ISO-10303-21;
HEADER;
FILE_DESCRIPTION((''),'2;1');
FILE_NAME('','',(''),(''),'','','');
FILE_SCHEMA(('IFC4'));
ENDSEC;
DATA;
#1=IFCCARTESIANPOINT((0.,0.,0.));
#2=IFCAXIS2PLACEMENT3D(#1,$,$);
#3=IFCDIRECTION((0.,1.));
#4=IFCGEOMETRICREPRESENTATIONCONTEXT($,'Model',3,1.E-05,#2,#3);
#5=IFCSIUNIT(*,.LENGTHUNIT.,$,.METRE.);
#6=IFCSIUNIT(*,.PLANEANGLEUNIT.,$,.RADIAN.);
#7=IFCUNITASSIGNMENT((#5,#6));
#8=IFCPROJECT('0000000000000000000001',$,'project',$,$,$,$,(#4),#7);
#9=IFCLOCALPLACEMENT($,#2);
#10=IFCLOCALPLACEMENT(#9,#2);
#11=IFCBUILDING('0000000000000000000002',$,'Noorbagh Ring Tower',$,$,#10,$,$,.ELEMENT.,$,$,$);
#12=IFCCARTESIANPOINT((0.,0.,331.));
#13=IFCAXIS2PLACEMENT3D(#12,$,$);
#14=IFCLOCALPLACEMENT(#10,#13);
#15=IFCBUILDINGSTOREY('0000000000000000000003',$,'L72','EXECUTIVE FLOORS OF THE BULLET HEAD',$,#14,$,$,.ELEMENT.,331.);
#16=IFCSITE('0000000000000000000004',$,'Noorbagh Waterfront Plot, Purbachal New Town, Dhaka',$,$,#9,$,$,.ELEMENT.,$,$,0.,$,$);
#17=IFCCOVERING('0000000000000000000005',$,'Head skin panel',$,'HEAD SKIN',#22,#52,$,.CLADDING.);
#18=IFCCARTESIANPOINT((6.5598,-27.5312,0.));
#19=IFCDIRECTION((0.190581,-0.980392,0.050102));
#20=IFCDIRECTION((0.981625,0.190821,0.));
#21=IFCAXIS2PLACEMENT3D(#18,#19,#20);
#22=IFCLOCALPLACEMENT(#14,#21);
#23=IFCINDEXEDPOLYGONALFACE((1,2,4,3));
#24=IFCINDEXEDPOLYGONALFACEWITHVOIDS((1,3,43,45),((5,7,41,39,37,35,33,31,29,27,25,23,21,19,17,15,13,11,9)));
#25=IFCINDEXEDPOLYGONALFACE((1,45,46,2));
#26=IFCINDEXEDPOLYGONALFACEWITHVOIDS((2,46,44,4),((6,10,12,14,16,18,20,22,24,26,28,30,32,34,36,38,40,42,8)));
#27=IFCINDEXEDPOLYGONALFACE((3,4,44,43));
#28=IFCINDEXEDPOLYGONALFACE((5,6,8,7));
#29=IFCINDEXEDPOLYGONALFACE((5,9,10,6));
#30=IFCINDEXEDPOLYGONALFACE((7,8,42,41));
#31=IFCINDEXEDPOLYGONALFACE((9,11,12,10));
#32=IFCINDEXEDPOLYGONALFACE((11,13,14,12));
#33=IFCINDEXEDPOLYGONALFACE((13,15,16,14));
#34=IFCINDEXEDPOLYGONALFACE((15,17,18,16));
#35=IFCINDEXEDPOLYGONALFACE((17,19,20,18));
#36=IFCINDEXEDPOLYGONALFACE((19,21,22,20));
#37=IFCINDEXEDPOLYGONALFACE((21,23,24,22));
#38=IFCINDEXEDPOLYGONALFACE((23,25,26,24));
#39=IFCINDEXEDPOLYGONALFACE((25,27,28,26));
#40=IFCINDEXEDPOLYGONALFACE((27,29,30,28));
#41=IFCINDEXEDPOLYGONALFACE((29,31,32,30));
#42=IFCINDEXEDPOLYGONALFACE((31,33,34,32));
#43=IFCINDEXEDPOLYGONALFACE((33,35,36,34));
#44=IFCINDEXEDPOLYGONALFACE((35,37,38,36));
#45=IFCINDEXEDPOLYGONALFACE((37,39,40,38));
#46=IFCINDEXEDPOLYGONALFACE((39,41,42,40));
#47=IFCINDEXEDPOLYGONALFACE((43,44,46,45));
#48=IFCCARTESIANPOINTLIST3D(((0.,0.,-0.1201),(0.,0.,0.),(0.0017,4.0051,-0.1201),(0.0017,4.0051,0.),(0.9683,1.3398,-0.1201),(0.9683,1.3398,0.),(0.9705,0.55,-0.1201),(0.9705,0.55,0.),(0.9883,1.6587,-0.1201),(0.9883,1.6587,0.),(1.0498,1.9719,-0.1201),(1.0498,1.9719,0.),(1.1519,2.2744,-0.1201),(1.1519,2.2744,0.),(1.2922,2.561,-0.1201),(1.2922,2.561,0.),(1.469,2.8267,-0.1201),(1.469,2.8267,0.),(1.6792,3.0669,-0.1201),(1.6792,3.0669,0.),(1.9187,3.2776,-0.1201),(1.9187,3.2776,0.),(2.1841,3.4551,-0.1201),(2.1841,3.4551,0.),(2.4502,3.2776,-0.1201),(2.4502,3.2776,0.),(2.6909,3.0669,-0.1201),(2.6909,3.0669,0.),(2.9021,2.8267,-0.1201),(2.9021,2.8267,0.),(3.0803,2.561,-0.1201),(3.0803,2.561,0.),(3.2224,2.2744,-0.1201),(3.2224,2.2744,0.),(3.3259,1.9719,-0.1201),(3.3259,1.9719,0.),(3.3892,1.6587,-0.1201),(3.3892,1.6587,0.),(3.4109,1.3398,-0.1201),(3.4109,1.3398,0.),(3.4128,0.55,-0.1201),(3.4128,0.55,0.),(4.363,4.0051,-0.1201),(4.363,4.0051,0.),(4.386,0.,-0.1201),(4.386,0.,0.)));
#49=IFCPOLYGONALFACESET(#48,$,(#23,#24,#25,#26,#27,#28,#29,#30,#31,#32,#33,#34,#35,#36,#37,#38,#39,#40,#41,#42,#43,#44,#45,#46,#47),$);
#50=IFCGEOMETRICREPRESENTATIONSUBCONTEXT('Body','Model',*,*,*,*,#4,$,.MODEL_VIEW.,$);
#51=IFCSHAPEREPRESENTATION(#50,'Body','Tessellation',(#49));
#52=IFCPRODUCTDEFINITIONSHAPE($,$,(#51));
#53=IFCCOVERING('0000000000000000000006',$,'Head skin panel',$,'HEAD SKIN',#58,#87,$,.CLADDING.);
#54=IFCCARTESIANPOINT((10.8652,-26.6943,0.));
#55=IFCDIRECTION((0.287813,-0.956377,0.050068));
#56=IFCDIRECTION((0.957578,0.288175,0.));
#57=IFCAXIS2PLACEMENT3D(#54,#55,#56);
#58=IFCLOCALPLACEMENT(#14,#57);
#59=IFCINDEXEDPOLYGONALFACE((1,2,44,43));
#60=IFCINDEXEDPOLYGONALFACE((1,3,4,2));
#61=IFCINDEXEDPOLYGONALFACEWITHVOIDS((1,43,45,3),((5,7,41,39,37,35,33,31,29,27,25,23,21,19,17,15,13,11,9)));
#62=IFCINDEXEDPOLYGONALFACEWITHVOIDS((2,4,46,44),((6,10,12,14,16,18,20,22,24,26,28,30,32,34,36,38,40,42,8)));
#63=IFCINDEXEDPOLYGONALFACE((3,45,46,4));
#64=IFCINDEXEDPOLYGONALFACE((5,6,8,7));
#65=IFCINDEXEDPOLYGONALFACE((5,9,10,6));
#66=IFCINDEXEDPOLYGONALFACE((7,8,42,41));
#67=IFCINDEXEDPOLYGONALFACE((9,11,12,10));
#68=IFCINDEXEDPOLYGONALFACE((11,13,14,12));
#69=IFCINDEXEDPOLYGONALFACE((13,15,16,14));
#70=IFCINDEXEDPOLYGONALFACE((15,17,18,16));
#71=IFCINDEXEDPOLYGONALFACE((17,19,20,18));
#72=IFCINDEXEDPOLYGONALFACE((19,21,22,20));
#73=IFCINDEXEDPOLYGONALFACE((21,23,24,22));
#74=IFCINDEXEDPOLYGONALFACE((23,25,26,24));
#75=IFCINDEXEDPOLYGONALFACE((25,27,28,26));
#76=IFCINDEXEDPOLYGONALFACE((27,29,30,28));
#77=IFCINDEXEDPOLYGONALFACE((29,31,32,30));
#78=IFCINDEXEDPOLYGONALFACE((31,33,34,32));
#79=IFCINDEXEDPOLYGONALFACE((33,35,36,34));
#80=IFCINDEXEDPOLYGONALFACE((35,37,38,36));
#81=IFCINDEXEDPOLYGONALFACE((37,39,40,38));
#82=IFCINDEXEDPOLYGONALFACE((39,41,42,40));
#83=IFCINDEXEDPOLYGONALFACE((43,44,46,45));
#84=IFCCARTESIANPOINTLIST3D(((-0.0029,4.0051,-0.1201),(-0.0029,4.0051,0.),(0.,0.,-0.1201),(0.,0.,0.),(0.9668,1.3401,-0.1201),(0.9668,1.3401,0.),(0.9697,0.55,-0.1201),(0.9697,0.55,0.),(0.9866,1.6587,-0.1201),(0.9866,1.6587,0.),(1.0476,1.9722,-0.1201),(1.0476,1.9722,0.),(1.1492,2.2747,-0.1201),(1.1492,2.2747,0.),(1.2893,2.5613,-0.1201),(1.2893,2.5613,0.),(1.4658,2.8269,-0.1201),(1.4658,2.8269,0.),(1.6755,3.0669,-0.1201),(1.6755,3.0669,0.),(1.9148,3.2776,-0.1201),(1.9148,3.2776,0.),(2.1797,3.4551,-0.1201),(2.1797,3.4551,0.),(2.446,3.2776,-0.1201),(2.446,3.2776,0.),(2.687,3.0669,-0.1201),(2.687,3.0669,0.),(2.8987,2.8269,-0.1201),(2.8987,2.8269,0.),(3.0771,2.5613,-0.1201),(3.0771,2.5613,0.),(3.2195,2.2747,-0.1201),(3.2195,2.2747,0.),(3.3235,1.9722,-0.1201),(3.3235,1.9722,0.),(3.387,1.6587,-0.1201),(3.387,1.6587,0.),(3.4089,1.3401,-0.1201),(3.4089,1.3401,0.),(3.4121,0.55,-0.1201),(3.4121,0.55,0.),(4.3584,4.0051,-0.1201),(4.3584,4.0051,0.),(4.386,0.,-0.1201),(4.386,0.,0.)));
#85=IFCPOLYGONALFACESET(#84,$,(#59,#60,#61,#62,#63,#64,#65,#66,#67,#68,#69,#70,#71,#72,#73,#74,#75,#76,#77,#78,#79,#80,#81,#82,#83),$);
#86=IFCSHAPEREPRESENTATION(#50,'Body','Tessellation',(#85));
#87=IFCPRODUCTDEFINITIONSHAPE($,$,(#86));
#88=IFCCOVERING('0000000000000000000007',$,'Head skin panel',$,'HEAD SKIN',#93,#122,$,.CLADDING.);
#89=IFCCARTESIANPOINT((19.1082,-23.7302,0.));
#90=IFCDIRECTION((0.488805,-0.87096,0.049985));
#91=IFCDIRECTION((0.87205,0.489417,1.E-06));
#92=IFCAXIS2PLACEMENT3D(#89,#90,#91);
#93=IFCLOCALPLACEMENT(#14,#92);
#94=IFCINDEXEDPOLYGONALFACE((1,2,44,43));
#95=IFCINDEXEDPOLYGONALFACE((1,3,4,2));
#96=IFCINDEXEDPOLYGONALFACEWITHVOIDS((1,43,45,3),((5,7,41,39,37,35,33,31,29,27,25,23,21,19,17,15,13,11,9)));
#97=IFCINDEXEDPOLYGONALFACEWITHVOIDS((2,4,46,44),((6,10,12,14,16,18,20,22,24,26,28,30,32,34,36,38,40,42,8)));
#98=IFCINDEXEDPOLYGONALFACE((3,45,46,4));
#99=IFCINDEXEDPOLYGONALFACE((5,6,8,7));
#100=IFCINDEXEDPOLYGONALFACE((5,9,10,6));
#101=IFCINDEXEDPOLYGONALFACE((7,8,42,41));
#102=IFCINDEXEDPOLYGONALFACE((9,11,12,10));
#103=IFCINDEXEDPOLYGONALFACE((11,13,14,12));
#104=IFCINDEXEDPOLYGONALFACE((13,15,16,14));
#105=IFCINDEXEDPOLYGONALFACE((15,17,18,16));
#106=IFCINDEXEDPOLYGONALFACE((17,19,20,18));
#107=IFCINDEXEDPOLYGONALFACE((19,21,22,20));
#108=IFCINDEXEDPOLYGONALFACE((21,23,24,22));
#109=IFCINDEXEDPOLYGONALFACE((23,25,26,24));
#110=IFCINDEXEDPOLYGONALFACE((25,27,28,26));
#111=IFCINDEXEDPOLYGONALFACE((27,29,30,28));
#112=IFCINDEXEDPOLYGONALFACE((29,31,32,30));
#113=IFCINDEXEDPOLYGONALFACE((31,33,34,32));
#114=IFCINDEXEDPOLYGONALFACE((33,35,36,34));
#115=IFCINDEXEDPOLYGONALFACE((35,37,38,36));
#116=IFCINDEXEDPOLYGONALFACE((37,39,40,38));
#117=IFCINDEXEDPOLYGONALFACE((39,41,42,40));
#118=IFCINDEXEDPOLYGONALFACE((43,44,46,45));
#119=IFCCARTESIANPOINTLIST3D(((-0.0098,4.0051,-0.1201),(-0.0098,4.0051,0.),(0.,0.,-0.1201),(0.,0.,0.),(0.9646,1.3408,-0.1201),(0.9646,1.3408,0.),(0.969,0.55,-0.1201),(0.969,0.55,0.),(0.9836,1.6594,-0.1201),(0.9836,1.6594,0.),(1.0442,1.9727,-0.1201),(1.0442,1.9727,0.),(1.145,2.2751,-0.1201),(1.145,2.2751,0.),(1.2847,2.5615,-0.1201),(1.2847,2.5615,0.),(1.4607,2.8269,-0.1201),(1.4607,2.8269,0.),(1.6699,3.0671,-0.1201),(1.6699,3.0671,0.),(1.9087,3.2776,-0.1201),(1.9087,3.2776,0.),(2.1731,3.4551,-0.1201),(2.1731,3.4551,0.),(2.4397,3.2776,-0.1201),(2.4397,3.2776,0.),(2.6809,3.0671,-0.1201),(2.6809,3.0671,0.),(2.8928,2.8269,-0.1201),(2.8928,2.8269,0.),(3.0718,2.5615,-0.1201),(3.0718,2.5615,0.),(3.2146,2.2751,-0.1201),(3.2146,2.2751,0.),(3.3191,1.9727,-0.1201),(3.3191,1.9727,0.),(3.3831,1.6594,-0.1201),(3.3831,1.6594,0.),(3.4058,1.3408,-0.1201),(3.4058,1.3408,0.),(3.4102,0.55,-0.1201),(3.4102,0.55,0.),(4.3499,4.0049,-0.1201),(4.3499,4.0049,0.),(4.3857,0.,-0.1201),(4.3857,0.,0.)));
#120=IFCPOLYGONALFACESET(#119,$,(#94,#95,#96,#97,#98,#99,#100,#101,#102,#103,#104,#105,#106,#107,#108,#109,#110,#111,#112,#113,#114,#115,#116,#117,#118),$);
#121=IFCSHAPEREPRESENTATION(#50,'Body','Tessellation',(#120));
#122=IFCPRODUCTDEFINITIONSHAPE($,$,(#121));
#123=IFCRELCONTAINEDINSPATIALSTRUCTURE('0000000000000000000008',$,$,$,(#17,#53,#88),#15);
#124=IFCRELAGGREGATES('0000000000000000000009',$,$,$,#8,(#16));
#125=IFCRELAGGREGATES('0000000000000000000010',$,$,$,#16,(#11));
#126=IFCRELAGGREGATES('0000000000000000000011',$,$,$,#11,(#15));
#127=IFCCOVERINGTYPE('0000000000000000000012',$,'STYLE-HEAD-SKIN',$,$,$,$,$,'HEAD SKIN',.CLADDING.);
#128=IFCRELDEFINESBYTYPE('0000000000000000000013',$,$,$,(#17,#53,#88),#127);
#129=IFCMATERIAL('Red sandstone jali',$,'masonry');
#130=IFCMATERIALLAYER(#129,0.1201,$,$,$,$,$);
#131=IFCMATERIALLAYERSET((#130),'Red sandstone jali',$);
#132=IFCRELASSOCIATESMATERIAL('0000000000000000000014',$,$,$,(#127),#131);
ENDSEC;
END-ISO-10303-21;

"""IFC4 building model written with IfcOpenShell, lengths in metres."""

from ifc_helpers import new_model, si_unit, direction, frame, origin, place, context, subcontext, project, spatial, polyline, outline, extrude, material, layer, layer_set, type_object, element, save


model = new_model("IFC4")

# Units and contexts
model_context = context("Model", 3, precision=1e-05, world=origin(), true_north=direction((0.0, 1.0)))
body_context = subcontext(model_context, "Body", "Model", "MODEL_VIEW")
ifc_project = project(units=[si_unit("LENGTHUNIT", "METRE"), si_unit("PLANEANGLEUNIT", "RADIAN")], contexts=[model_context])

# Site, building, storey
site_placement = place(None, origin())
site = spatial("IfcSite", under=ifc_project, at=site_placement, Name="Noorbagh Waterfront Plot, Purbachal New Town, Dhaka", CompositionType="ELEMENT", RefElevation=0.0)
building_placement = place(site_placement, origin())
building = spatial("IfcBuilding", under=site, at=building_placement, Name="Noorbagh Ring Tower", CompositionType="ELEMENT")
storey_placement = place(building_placement, frame((0.0, 0.0, 331.0)))
storey = spatial("IfcBuildingStorey", under=building, at=storey_placement, Name="L72", Description="EXECUTIVE FLOORS OF THE BULLET HEAD", CompositionType="ELEMENT", Elevation=331.0)

# Coverings
ifc_material_1 = material(Name="Red sandstone jali", Category="masonry")
ifc_layer_1 = layer(ifc_material_1, 0.1201)
ifc_layer_set_1 = layer_set([ifc_layer_1], Name="Red sandstone jali")
covering_type_1 = type_object("IfcCoveringType", Name="STYLE-HEAD-SKIN", ElementType="HEAD SKIN", PredefinedType="CLADDING", material=ifc_layer_set_1)
covering_1_placement = place(storey_placement, frame((6.5598, -27.5312, 0.0), z_axis=(0.190581, -0.980392, 0.050102), x_axis=(0.981625, 0.190821, 0.0)))
element("IfcCovering", 1, at=covering_1_placement, inside=storey, type_object=covering_type_1, Name="Head skin panel", ObjectType="HEAD SKIN", PredefinedType="CLADDING", context=body_context, shape_type="SweptSolid", body=[
    extrude(outline(polyline([(0.0, 0.0), (4.386, 0.0), (4.363, 4.0051), (0.0017, 4.0051), (0.0, 0.0)]), holes=[polyline([(0.9705, 0.55), (0.9683, 1.3398), (0.9883, 1.6587), (1.0498, 1.9719), (1.1519, 2.2744), (1.2922, 2.561), (1.469, 2.8267), (1.6792, 3.0669), (1.9187, 3.2776), (2.1841, 3.4551), (2.4502, 3.2776), (2.6909, 3.0669), (2.9021, 2.8267), (3.0803, 2.561), (3.2224, 2.2744), (3.3259, 1.9719), (3.3892, 1.6587), (3.4109, 1.3398), (3.4128, 0.55), (0.9705, 0.55)])]), origin(), (0.0, 0.0, -1.0), 0.1201),
])
covering_2_placement = place(storey_placement, frame((10.8652, -26.6943, 0.0), z_axis=(0.287813, -0.956377, 0.050068), x_axis=(0.957578, 0.288175, 0.0)))
element("IfcCovering", 2, at=covering_2_placement, inside=storey, type_object=covering_type_1, Name="Head skin panel", ObjectType="HEAD SKIN", PredefinedType="CLADDING", context=body_context, shape_type="SweptSolid", body=[
    extrude(outline(polyline([(0.0, 0.0), (4.386, 0.0), (4.3584, 4.0051), (-0.0029, 4.0051), (0.0, 0.0)]), holes=[polyline([(0.9697, 0.55), (0.9668, 1.3401), (0.9866, 1.6587), (1.0476, 1.9722), (1.1492, 2.2747), (1.2893, 2.5613), (1.4658, 2.8269), (1.6755, 3.0669), (1.9148, 3.2776), (2.1797, 3.4551), (2.446, 3.2776), (2.687, 3.0669), (2.8987, 2.8269), (3.0771, 2.5613), (3.2195, 2.2747), (3.3235, 1.9722), (3.387, 1.6587), (3.4089, 1.3401), (3.4121, 0.55), (0.9697, 0.55)])]), origin(), (0.0, 0.0, -1.0), 0.1201),
])
covering_3_placement = place(storey_placement, frame((19.1082, -23.7302, 0.0), z_axis=(0.488805, -0.87096, 0.049985), x_axis=(0.87205, 0.489417, 0.000001)))
element("IfcCovering", 3, at=covering_3_placement, inside=storey, type_object=covering_type_1, Name="Head skin panel", ObjectType="HEAD SKIN", PredefinedType="CLADDING", context=body_context, shape_type="SweptSolid", body=[
    extrude(outline(polyline([(0.0, 0.0), (4.3857, 0.0), (4.3499, 4.0049), (-0.0098, 4.0051), (0.0, 0.0)]), holes=[polyline([(0.969, 0.55), (0.9646, 1.3408), (0.9836, 1.6594), (1.0442, 1.9727), (1.145, 2.2751), (1.2847, 2.5615), (1.4607, 2.8269), (1.6699, 3.0671), (1.9087, 3.2776), (2.1731, 3.4551), (2.4397, 3.2776), (2.6809, 3.0671), (2.8928, 2.8269), (3.0718, 2.5615), (3.2146, 2.2751), (3.3191, 1.9727), (3.3831, 1.6594), (3.4058, 1.3408), (3.4102, 0.55), (0.969, 0.55)])]), origin(), (0.0, 0.0, -1.0), 0.1201),
])

save(model, "model.ifc")
